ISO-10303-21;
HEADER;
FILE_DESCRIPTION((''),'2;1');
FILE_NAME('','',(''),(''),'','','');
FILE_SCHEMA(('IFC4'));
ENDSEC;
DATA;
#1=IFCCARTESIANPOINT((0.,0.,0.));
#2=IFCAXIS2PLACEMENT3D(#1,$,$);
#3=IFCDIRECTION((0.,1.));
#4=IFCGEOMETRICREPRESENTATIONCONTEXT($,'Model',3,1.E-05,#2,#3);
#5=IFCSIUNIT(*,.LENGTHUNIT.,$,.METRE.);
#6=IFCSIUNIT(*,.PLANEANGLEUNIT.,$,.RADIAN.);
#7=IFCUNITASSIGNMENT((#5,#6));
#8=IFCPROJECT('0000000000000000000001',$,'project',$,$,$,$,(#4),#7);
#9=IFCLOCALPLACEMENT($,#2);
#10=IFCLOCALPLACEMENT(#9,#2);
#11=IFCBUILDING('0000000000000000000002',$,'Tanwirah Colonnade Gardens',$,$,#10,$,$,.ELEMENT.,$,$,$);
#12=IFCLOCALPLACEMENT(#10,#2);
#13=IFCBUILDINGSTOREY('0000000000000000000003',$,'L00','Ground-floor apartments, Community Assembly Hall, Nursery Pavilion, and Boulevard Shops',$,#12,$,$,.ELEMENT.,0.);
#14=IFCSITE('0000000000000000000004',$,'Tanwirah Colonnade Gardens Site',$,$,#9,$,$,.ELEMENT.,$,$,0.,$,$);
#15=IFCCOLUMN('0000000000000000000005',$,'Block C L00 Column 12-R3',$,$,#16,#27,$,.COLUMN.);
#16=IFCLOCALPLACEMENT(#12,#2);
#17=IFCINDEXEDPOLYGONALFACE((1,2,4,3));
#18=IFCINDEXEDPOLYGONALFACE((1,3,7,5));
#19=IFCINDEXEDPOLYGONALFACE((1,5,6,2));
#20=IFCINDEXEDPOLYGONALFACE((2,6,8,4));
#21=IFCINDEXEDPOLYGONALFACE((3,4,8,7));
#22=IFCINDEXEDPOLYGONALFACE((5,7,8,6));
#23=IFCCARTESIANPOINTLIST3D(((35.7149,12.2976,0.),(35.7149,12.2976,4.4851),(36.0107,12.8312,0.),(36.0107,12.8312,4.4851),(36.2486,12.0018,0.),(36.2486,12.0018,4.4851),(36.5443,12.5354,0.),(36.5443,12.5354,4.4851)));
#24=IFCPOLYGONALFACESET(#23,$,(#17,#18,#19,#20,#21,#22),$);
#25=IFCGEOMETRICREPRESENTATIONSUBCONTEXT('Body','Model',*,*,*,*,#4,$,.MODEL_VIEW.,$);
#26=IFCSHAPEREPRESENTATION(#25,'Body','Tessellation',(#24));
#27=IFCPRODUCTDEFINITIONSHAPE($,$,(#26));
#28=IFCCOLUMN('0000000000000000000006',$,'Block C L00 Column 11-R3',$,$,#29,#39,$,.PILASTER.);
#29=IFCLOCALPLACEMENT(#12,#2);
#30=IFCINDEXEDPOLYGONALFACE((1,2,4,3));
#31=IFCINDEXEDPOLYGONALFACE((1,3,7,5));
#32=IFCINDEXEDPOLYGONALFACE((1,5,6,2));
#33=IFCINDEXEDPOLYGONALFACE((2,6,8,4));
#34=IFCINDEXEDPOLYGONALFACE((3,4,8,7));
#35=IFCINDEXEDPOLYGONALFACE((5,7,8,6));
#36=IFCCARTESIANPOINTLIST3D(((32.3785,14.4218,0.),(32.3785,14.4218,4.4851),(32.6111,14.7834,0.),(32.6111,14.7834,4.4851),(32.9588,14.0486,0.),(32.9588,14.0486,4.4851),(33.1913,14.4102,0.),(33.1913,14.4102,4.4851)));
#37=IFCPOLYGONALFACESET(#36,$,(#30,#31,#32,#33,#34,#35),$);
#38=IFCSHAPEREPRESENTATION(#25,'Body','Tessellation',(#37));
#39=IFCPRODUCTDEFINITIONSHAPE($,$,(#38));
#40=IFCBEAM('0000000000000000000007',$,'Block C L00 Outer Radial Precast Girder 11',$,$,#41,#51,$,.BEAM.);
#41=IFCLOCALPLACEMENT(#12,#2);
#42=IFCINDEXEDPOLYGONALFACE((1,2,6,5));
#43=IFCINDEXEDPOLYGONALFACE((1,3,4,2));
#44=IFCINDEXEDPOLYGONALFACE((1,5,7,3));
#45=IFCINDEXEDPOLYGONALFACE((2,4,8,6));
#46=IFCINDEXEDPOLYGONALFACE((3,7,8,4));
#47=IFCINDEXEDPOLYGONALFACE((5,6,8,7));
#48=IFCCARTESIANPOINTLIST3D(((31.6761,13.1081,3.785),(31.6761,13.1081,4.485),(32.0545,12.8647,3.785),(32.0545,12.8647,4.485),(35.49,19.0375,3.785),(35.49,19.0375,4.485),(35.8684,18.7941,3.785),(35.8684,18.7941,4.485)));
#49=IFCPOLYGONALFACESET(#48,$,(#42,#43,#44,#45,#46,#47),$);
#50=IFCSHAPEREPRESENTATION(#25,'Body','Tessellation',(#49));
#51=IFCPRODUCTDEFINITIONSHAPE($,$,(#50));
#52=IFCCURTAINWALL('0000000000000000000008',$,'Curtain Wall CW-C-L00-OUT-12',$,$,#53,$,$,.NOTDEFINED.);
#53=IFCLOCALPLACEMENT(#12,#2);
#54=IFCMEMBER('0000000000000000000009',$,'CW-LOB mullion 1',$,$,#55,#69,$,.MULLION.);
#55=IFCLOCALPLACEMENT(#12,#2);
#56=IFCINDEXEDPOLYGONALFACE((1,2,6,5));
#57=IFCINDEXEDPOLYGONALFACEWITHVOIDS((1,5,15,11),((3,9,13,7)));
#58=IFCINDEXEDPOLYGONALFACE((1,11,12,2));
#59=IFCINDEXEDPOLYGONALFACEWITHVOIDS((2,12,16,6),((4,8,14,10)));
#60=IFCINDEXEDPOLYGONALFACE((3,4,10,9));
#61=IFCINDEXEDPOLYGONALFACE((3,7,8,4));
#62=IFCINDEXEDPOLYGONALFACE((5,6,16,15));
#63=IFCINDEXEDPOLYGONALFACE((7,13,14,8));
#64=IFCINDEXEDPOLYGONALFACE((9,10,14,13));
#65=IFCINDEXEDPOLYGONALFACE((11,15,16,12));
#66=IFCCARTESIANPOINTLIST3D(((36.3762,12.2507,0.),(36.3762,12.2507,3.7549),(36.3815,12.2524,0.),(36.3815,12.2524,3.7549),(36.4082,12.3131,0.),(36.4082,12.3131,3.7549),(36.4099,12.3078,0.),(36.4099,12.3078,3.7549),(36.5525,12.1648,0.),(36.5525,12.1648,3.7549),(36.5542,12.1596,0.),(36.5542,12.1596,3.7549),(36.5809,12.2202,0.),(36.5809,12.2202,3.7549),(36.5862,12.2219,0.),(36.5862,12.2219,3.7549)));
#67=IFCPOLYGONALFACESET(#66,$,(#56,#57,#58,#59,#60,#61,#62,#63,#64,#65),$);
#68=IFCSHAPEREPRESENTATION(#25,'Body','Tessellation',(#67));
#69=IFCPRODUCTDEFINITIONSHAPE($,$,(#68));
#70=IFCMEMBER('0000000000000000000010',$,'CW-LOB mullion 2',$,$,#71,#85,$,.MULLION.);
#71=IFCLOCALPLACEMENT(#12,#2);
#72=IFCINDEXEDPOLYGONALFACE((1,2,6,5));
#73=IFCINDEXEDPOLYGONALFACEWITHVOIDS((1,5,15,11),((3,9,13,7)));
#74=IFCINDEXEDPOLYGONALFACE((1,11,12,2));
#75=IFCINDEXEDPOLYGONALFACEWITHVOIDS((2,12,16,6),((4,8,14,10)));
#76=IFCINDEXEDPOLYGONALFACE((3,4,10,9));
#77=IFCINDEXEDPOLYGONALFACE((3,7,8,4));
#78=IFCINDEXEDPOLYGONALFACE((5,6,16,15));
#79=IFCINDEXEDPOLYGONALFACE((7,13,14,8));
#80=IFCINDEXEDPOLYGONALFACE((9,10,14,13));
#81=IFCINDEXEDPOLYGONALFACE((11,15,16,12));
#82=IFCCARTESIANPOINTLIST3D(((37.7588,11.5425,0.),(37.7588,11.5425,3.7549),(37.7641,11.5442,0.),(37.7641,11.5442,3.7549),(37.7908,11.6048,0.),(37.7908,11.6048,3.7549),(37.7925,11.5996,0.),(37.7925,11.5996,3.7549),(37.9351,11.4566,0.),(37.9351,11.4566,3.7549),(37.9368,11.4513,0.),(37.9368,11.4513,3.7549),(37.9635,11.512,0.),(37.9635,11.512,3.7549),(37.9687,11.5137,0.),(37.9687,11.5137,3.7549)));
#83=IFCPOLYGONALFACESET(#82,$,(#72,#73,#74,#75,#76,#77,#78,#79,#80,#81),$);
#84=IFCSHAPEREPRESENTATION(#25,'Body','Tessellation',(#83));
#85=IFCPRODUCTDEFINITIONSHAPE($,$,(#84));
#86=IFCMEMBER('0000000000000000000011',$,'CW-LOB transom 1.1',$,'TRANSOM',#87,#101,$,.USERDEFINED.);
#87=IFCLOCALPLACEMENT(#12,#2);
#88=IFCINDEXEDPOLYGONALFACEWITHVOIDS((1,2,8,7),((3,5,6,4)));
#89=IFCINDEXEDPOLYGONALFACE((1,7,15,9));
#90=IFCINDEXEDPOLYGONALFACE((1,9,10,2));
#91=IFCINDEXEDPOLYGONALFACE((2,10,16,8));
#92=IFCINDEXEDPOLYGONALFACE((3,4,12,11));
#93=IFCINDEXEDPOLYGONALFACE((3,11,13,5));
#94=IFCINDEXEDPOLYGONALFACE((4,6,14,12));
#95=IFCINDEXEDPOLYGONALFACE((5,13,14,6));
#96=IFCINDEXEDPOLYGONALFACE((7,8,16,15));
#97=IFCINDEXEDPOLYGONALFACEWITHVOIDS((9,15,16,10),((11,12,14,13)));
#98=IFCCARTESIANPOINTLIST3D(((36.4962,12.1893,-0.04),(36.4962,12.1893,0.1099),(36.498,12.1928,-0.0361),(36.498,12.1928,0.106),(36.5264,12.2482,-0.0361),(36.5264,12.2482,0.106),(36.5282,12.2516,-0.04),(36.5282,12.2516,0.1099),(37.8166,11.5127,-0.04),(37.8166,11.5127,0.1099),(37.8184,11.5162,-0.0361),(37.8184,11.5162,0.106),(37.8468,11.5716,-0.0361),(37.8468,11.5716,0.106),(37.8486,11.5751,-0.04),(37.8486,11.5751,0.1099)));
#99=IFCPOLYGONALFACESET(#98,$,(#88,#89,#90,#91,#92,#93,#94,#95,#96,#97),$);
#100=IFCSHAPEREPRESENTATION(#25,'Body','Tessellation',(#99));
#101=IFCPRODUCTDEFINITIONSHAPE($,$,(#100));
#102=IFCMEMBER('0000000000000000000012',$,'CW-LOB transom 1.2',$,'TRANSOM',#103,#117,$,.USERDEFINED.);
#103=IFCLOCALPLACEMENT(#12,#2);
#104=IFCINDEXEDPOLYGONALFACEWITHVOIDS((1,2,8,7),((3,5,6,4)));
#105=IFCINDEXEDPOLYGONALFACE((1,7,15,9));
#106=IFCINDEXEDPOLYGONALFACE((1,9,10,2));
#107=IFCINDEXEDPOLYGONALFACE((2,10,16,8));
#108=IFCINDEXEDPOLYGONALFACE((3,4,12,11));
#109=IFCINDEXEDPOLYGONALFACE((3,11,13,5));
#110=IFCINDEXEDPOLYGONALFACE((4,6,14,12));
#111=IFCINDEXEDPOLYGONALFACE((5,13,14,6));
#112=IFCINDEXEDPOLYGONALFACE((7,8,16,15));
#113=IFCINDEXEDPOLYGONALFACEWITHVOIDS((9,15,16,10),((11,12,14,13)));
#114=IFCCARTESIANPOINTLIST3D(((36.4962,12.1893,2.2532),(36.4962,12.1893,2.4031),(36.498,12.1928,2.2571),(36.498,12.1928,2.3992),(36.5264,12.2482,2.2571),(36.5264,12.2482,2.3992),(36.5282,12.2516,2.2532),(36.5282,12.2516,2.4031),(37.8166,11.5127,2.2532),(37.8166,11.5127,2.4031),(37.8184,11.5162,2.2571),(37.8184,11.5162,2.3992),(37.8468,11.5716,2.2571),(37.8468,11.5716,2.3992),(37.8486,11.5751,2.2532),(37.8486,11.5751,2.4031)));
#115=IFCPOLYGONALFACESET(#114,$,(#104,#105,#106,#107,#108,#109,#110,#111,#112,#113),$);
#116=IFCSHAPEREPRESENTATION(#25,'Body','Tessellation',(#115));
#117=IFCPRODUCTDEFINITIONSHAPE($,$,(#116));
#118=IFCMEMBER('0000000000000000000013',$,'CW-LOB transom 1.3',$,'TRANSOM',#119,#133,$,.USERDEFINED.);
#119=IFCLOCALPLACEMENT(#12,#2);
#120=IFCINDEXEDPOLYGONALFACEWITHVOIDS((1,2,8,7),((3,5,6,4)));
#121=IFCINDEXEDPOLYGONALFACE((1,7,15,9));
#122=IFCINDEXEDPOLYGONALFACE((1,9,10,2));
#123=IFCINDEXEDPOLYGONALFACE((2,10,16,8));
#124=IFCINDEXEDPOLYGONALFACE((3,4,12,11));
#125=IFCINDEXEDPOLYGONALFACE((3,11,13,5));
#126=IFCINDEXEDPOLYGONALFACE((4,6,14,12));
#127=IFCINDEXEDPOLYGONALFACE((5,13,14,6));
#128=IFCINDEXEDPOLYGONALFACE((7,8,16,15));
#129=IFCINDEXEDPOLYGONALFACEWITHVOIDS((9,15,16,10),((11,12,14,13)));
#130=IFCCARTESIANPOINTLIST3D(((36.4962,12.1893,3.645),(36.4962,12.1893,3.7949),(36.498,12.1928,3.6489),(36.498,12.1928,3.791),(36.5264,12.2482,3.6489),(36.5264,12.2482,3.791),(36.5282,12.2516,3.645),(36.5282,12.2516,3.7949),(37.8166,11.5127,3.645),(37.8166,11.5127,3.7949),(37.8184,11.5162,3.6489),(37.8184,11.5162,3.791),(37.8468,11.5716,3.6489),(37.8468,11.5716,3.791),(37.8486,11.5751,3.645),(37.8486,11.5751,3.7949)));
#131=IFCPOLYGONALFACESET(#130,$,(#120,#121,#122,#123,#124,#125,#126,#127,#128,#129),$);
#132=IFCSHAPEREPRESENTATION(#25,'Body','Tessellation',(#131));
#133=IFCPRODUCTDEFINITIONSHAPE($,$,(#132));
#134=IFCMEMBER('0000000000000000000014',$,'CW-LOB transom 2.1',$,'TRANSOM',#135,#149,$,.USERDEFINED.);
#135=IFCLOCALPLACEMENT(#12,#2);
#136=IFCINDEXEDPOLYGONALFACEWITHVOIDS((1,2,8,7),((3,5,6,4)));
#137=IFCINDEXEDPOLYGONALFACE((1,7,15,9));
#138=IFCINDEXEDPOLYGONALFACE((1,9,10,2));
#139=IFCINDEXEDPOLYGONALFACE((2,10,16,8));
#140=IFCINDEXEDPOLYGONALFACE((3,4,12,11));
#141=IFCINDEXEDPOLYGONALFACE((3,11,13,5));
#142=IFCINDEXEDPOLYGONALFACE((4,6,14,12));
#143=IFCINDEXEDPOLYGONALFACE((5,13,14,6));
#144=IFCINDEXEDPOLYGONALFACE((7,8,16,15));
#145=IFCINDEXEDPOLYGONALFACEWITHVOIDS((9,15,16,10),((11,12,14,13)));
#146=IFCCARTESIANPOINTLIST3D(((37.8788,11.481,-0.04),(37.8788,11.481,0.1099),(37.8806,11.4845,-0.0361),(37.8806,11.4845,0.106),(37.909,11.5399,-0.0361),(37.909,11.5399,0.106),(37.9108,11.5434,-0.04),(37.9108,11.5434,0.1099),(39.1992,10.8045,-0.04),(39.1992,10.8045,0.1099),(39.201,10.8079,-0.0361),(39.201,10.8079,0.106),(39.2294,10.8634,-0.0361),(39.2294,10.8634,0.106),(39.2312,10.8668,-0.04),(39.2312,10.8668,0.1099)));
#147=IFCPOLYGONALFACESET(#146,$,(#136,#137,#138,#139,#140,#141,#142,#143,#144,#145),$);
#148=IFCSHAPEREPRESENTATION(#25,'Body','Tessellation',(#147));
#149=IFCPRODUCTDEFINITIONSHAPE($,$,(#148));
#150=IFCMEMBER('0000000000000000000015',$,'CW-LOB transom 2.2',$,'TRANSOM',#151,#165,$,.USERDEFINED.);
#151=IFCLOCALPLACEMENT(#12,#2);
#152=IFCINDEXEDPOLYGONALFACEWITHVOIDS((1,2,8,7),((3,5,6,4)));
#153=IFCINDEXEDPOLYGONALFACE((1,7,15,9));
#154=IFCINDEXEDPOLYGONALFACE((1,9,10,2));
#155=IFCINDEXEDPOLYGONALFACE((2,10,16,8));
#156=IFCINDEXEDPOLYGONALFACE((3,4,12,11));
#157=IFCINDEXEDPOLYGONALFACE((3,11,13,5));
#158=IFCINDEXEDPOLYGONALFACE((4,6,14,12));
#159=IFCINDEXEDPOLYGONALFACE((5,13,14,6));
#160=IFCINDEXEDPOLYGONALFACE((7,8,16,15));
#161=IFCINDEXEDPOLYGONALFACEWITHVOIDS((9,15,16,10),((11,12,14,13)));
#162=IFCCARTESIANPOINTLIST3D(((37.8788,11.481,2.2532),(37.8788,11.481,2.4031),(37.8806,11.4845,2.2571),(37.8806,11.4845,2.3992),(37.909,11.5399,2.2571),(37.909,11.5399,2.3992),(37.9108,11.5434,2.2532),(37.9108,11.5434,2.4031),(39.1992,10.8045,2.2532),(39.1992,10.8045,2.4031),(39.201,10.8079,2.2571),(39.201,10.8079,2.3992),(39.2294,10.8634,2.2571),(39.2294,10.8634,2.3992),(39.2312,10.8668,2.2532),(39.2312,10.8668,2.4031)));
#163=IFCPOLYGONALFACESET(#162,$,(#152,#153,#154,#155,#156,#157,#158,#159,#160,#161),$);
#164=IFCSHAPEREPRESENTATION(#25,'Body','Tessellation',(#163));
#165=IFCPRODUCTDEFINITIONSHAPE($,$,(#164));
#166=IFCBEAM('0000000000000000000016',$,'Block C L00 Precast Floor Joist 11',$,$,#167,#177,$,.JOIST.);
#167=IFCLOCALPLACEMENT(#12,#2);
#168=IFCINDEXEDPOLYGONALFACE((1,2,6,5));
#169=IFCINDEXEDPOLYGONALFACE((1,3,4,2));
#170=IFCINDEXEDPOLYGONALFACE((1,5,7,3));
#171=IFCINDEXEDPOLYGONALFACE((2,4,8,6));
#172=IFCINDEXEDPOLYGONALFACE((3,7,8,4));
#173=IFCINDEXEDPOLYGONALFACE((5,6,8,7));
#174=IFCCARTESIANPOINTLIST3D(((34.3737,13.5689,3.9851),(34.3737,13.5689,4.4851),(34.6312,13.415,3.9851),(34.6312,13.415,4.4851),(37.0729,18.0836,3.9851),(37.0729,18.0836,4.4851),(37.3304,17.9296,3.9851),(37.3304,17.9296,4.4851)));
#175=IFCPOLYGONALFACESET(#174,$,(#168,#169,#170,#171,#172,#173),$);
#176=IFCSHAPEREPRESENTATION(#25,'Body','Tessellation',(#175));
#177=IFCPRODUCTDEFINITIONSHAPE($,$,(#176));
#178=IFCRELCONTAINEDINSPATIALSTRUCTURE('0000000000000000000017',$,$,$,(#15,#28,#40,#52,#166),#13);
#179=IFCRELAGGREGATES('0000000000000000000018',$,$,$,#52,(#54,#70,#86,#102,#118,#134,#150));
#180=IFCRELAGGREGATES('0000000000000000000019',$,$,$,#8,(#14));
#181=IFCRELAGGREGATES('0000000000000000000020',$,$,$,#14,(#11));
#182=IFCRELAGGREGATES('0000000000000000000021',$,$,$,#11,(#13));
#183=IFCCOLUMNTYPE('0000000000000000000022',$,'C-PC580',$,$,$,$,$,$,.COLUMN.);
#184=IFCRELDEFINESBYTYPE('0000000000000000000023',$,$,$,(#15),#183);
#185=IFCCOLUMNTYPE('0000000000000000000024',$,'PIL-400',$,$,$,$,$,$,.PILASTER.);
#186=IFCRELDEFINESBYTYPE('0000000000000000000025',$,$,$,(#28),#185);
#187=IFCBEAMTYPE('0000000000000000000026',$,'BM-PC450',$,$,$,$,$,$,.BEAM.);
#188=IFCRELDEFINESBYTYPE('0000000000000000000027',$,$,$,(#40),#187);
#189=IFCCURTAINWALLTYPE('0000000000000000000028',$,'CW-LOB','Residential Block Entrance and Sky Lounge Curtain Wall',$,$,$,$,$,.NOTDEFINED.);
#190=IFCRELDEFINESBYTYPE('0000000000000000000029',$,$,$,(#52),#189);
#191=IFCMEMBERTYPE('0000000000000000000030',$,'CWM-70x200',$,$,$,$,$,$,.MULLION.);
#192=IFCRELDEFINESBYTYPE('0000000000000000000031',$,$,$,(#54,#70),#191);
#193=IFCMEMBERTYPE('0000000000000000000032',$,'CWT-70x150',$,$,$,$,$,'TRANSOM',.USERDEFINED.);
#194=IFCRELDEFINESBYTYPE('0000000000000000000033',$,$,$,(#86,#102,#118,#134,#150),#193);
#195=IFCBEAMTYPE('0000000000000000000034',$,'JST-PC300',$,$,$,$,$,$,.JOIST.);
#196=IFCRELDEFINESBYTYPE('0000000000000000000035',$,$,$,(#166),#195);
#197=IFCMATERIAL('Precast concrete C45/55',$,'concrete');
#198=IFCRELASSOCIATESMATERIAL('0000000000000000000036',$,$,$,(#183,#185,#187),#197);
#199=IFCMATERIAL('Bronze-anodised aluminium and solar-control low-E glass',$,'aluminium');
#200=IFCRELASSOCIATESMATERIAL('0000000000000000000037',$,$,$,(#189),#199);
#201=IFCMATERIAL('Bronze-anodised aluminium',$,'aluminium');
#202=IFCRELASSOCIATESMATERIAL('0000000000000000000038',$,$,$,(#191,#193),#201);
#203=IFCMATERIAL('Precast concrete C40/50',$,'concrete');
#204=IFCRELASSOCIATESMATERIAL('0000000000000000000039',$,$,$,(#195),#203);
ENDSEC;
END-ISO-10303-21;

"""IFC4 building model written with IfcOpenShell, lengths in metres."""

from ifc_helpers import new_model, si_unit, direction, frame, origin, origin_2d, place, context, subcontext, project, spatial, rectangle, hollow_rectangle, extrude, material, material_profile, profile_set, type_object, element, aggregate, save


model = new_model("IFC4")

# Units and contexts
model_context = context("Model", 3, precision=1e-05, world=origin(), true_north=direction((0.0, 1.0)))
body_context = subcontext(model_context, "Body", "Model", "MODEL_VIEW")
ifc_project = project(units=[si_unit("LENGTHUNIT", "METRE"), si_unit("PLANEANGLEUNIT", "RADIAN")], contexts=[model_context])

# Site, building, storey
site_placement = place(None, origin())
site = spatial("IfcSite", under=ifc_project, at=site_placement, Name="Tanwirah Colonnade Gardens Site", CompositionType="ELEMENT", RefElevation=0.0)
building_placement = place(site_placement, origin())
building = spatial("IfcBuilding", under=site, at=building_placement, Name="Tanwirah Colonnade Gardens", CompositionType="ELEMENT")
storey_placement = place(building_placement, origin())
storey = spatial("IfcBuildingStorey", under=building, at=storey_placement, Name="L00", Description="Ground-floor apartments, Community Assembly Hall, Nursery Pavilion, and Boulevard Shops", CompositionType="ELEMENT", Elevation=0.0)

# Columns
ifc_material_1 = material(Name="Precast concrete C45/55", Category="concrete")
ifc_material_profile_1 = material_profile(ifc_material_1, rectangle(XDim=0.6101, YDim=0.6101, at=origin_2d()), Name="PC-COL 610x610")
ifc_profile_set_1 = profile_set([ifc_material_profile_1], Name="Precast concrete C45/55")
column_type_1 = type_object("IfcColumnType", Name="C-PC580", PredefinedType="COLUMN", material=ifc_profile_set_1)
column_1_placement = place(storey_placement, frame((36.1296, 12.4165, 0.0), z_axis=(0.0, 0.0, 1.0), x_axis=(-0.48481, -0.87462, 0.0)))
element("IfcColumn", 1, at=column_1_placement, inside=storey, type_object=column_type_1, Name="Block C L00 Column 12-R3", PredefinedType="COLUMN", context=body_context, shape_type="SweptSolid", body=[
    extrude(rectangle(XDim=0.6101, YDim=0.6101, at=origin_2d()), origin(), (0.0, 0.0, 1.0), 4.4851),
])
ifc_material_profile_2 = material_profile(ifc_material_1, rectangle(XDim=0.4299, YDim=0.6899, at=origin_2d()), Name="PC-PIL 430x690")
ifc_profile_set_2 = profile_set([ifc_material_profile_2], Name="Precast concrete C45/55")
column_type_2 = type_object("IfcColumnType", Name="PIL-400", PredefinedType="PILASTER", material=ifc_profile_set_2)
column_2_placement = place(storey_placement, frame((32.7849, 14.416, 0.0), z_axis=(0.0, 0.0, 1.0), x_axis=(-0.540974, -0.841039, 0.0)))
element("IfcColumn", 2, at=column_2_placement, inside=storey, type_object=column_type_2, Name="Block C L00 Column 11-R3", PredefinedType="PILASTER", context=body_context, shape_type="SweptSolid", body=[
    extrude(rectangle(XDim=0.4299, YDim=0.6899, at=origin_2d()), origin(), (0.0, 0.0, 1.0), 4.4851),
])

# Beam
ifc_material_profile_3 = material_profile(ifc_material_1, rectangle(XDim=0.45, YDim=0.7, at=origin_2d()), Name="PC-BM 450x700")
ifc_profile_set_3 = profile_set([ifc_material_profile_3], Name="Precast concrete C45/55")
beam_type_1 = type_object("IfcBeamType", Name="BM-PC450", PredefinedType="BEAM", material=ifc_profile_set_3)
beam_1_placement = place(storey_placement, frame((35.6792, 18.9158, 4.135), z_axis=(-0.540976, -0.841038, 0.0), x_axis=(0.841038, -0.540976, 0.0)))
element("IfcBeam", 3, at=beam_1_placement, inside=storey, type_object=beam_type_1, Name="Block C L00 Outer Radial Precast Girder 11", PredefinedType="BEAM", context=body_context, shape_type="SweptSolid", body=[
    extrude(rectangle(XDim=0.45, YDim=0.7, at=origin_2d()), origin(), (0.0, 0.0, 1.0), 7.05),
])

# Curtain wall, members
ifc_material_2 = material(Name="Bronze-anodised aluminium and solar-control low-E glass", Category="aluminium")
curtain_wall_type = type_object("IfcCurtainWallType", Name="CW-LOB", Description="Residential Block Entrance and Sky Lounge Curtain Wall", PredefinedType="NOTDEFINED", material=ifc_material_2)
curtain_wall_placement = place(storey_placement, origin())
curtain_wall = element("IfcCurtainWall", 4, at=curtain_wall_placement, inside=storey, type_object=curtain_wall_type, Name="Curtain Wall CW-C-L00-OUT-12", PredefinedType="NOTDEFINED")
ifc_material_3 = material(Name="Bronze-anodised aluminium", Category="aluminium")
ifc_material_profile_4 = material_profile(ifc_material_3, hollow_rectangle(XDim=0.0701, YDim=0.2, WallThickness=0.0039, at=origin_2d()), Name="CW-MUL 70x200x4")
ifc_profile_set_4 = profile_set([ifc_material_profile_4], Name="Bronze-anodised aluminium")
member_type_1 = type_object("IfcMemberType", Name="CWM-70x200", PredefinedType="MULLION", material=ifc_profile_set_4)
member_1_placement = place(storey_placement, frame((36.4812, 12.2363, 0.0), z_axis=(0.0, 0.0, 1.0), x_axis=(0.455933, 0.890014, 0.0)))
member_1 = element("IfcMember", 5, at=member_1_placement, type_object=member_type_1, Name="CW-LOB mullion 1", PredefinedType="MULLION", context=body_context, shape_type="SweptSolid", body=[
    extrude(hollow_rectangle(XDim=0.0701, YDim=0.2, WallThickness=0.0039, at=origin_2d()), origin(), (0.0, 0.0, 1.0), 3.7549),
])
member_2_placement = place(storey_placement, frame((37.8638, 11.5281, 0.0), z_axis=(0.0, 0.0, 1.0), x_axis=(0.455933, 0.890014, 0.0)))
member_2 = element("IfcMember", 6, at=member_2_placement, type_object=member_type_1, Name="CW-LOB mullion 2", PredefinedType="MULLION", context=body_context, shape_type="SweptSolid", body=[
    extrude(hollow_rectangle(XDim=0.0701, YDim=0.2, WallThickness=0.0039, at=origin_2d()), origin(), (0.0, 0.0, 1.0), 3.7549),
])
ifc_material_profile_5 = material_profile(ifc_material_3, hollow_rectangle(XDim=0.0701, YDim=0.1499, WallThickness=0.0039, at=origin_2d()), Name="CW-TRN 70x150x4")
ifc_profile_set_5 = profile_set([ifc_material_profile_5], Name="Bronze-anodised aluminium")
member_type_2 = type_object("IfcMemberType", Name="CWT-70x150", ElementType="TRANSOM", PredefinedType="USERDEFINED", material=ifc_profile_set_5)
member_3_placement = place(storey_placement, frame((36.5122, 12.2205, 0.0349), z_axis=(0.889973, -0.456013, 0.0), x_axis=(0.456013, 0.889973, 0.0)))
member_3 = element("IfcMember", 7, at=member_3_placement, type_object=member_type_2, Name="CW-LOB transom 1.1", ObjectType="TRANSOM", PredefinedType="USERDEFINED", context=body_context, shape_type="SweptSolid", body=[
    extrude(hollow_rectangle(XDim=0.0701, YDim=0.1499, WallThickness=0.0039, at=origin_2d()), origin(), (0.0, 0.0, 1.0), 1.4836),
])
member_4_placement = place(storey_placement, frame((36.5122, 12.2205, 2.3281), z_axis=(0.889973, -0.456013, 0.0), x_axis=(0.456013, 0.889973, 0.0)))
member_4 = element("IfcMember", 8, at=member_4_placement, type_object=member_type_2, Name="CW-LOB transom 1.2", ObjectType="TRANSOM", PredefinedType="USERDEFINED", context=body_context, shape_type="SweptSolid", body=[
    extrude(hollow_rectangle(XDim=0.0701, YDim=0.1499, WallThickness=0.0039, at=origin_2d()), origin(), (0.0, 0.0, 1.0), 1.4836),
])
member_5_placement = place(storey_placement, frame((36.5122, 12.2205, 3.72), z_axis=(0.889973, -0.456013, 0.0), x_axis=(0.456013, 0.889973, 0.0)))
member_5 = element("IfcMember", 9, at=member_5_placement, type_object=member_type_2, Name="CW-LOB transom 1.3", ObjectType="TRANSOM", PredefinedType="USERDEFINED", context=body_context, shape_type="SweptSolid", body=[
    extrude(hollow_rectangle(XDim=0.0701, YDim=0.1499, WallThickness=0.0039, at=origin_2d()), origin(), (0.0, 0.0, 1.0), 1.4836),
])
member_6_placement = place(storey_placement, frame((37.8948, 11.5122, 0.0349), z_axis=(0.889973, -0.456013, 0.0), x_axis=(0.456013, 0.889973, 0.0)))
member_6 = element("IfcMember", 10, at=member_6_placement, type_object=member_type_2, Name="CW-LOB transom 2.1", ObjectType="TRANSOM", PredefinedType="USERDEFINED", context=body_context, shape_type="SweptSolid", body=[
    extrude(hollow_rectangle(XDim=0.0701, YDim=0.1499, WallThickness=0.0039, at=origin_2d()), origin(), (0.0, 0.0, 1.0), 1.4836),
])
member_7_placement = place(storey_placement, frame((37.8948, 11.5122, 2.3281), z_axis=(0.889973, -0.456013, 0.0), x_axis=(0.456013, 0.889973, 0.0)))
member_7 = element("IfcMember", 11, at=member_7_placement, type_object=member_type_2, Name="CW-LOB transom 2.2", ObjectType="TRANSOM", PredefinedType="USERDEFINED", context=body_context, shape_type="SweptSolid", body=[
    extrude(hollow_rectangle(XDim=0.0701, YDim=0.1499, WallThickness=0.0039, at=origin_2d()), origin(), (0.0, 0.0, 1.0), 1.4836),
])

# Beam
ifc_material_4 = material(Name="Precast concrete C40/50", Category="concrete")
ifc_material_profile_6 = material_profile(ifc_material_4, rectangle(XDim=0.3, YDim=0.5, at=origin_2d()), Name="PC-JST 300x500")
ifc_profile_set_6 = profile_set([ifc_material_profile_6], Name="Precast concrete C40/50")
beam_type_2 = type_object("IfcBeamType", Name="JST-PC300", PredefinedType="JOIST", material=ifc_profile_set_6)
beam_2_placement = place(storey_placement, frame((37.2017, 18.0066, 4.2351), z_axis=(-0.513157, -0.858295, 0.0), x_axis=(0.858295, -0.513157, 0.0)))
element("IfcBeam", 12, at=beam_2_placement, inside=storey, type_object=beam_type_2, Name="Block C L00 Precast Floor Joist 11", PredefinedType="JOIST", context=body_context, shape_type="SweptSolid", body=[
    extrude(rectangle(XDim=0.3, YDim=0.5, at=origin_2d()), origin(), (0.0, 0.0, 1.0), 5.26),
])

aggregate(curtain_wall, [member_1, member_2, member_3, member_4, member_5, member_6, member_7])

save(model, "model.ifc")
